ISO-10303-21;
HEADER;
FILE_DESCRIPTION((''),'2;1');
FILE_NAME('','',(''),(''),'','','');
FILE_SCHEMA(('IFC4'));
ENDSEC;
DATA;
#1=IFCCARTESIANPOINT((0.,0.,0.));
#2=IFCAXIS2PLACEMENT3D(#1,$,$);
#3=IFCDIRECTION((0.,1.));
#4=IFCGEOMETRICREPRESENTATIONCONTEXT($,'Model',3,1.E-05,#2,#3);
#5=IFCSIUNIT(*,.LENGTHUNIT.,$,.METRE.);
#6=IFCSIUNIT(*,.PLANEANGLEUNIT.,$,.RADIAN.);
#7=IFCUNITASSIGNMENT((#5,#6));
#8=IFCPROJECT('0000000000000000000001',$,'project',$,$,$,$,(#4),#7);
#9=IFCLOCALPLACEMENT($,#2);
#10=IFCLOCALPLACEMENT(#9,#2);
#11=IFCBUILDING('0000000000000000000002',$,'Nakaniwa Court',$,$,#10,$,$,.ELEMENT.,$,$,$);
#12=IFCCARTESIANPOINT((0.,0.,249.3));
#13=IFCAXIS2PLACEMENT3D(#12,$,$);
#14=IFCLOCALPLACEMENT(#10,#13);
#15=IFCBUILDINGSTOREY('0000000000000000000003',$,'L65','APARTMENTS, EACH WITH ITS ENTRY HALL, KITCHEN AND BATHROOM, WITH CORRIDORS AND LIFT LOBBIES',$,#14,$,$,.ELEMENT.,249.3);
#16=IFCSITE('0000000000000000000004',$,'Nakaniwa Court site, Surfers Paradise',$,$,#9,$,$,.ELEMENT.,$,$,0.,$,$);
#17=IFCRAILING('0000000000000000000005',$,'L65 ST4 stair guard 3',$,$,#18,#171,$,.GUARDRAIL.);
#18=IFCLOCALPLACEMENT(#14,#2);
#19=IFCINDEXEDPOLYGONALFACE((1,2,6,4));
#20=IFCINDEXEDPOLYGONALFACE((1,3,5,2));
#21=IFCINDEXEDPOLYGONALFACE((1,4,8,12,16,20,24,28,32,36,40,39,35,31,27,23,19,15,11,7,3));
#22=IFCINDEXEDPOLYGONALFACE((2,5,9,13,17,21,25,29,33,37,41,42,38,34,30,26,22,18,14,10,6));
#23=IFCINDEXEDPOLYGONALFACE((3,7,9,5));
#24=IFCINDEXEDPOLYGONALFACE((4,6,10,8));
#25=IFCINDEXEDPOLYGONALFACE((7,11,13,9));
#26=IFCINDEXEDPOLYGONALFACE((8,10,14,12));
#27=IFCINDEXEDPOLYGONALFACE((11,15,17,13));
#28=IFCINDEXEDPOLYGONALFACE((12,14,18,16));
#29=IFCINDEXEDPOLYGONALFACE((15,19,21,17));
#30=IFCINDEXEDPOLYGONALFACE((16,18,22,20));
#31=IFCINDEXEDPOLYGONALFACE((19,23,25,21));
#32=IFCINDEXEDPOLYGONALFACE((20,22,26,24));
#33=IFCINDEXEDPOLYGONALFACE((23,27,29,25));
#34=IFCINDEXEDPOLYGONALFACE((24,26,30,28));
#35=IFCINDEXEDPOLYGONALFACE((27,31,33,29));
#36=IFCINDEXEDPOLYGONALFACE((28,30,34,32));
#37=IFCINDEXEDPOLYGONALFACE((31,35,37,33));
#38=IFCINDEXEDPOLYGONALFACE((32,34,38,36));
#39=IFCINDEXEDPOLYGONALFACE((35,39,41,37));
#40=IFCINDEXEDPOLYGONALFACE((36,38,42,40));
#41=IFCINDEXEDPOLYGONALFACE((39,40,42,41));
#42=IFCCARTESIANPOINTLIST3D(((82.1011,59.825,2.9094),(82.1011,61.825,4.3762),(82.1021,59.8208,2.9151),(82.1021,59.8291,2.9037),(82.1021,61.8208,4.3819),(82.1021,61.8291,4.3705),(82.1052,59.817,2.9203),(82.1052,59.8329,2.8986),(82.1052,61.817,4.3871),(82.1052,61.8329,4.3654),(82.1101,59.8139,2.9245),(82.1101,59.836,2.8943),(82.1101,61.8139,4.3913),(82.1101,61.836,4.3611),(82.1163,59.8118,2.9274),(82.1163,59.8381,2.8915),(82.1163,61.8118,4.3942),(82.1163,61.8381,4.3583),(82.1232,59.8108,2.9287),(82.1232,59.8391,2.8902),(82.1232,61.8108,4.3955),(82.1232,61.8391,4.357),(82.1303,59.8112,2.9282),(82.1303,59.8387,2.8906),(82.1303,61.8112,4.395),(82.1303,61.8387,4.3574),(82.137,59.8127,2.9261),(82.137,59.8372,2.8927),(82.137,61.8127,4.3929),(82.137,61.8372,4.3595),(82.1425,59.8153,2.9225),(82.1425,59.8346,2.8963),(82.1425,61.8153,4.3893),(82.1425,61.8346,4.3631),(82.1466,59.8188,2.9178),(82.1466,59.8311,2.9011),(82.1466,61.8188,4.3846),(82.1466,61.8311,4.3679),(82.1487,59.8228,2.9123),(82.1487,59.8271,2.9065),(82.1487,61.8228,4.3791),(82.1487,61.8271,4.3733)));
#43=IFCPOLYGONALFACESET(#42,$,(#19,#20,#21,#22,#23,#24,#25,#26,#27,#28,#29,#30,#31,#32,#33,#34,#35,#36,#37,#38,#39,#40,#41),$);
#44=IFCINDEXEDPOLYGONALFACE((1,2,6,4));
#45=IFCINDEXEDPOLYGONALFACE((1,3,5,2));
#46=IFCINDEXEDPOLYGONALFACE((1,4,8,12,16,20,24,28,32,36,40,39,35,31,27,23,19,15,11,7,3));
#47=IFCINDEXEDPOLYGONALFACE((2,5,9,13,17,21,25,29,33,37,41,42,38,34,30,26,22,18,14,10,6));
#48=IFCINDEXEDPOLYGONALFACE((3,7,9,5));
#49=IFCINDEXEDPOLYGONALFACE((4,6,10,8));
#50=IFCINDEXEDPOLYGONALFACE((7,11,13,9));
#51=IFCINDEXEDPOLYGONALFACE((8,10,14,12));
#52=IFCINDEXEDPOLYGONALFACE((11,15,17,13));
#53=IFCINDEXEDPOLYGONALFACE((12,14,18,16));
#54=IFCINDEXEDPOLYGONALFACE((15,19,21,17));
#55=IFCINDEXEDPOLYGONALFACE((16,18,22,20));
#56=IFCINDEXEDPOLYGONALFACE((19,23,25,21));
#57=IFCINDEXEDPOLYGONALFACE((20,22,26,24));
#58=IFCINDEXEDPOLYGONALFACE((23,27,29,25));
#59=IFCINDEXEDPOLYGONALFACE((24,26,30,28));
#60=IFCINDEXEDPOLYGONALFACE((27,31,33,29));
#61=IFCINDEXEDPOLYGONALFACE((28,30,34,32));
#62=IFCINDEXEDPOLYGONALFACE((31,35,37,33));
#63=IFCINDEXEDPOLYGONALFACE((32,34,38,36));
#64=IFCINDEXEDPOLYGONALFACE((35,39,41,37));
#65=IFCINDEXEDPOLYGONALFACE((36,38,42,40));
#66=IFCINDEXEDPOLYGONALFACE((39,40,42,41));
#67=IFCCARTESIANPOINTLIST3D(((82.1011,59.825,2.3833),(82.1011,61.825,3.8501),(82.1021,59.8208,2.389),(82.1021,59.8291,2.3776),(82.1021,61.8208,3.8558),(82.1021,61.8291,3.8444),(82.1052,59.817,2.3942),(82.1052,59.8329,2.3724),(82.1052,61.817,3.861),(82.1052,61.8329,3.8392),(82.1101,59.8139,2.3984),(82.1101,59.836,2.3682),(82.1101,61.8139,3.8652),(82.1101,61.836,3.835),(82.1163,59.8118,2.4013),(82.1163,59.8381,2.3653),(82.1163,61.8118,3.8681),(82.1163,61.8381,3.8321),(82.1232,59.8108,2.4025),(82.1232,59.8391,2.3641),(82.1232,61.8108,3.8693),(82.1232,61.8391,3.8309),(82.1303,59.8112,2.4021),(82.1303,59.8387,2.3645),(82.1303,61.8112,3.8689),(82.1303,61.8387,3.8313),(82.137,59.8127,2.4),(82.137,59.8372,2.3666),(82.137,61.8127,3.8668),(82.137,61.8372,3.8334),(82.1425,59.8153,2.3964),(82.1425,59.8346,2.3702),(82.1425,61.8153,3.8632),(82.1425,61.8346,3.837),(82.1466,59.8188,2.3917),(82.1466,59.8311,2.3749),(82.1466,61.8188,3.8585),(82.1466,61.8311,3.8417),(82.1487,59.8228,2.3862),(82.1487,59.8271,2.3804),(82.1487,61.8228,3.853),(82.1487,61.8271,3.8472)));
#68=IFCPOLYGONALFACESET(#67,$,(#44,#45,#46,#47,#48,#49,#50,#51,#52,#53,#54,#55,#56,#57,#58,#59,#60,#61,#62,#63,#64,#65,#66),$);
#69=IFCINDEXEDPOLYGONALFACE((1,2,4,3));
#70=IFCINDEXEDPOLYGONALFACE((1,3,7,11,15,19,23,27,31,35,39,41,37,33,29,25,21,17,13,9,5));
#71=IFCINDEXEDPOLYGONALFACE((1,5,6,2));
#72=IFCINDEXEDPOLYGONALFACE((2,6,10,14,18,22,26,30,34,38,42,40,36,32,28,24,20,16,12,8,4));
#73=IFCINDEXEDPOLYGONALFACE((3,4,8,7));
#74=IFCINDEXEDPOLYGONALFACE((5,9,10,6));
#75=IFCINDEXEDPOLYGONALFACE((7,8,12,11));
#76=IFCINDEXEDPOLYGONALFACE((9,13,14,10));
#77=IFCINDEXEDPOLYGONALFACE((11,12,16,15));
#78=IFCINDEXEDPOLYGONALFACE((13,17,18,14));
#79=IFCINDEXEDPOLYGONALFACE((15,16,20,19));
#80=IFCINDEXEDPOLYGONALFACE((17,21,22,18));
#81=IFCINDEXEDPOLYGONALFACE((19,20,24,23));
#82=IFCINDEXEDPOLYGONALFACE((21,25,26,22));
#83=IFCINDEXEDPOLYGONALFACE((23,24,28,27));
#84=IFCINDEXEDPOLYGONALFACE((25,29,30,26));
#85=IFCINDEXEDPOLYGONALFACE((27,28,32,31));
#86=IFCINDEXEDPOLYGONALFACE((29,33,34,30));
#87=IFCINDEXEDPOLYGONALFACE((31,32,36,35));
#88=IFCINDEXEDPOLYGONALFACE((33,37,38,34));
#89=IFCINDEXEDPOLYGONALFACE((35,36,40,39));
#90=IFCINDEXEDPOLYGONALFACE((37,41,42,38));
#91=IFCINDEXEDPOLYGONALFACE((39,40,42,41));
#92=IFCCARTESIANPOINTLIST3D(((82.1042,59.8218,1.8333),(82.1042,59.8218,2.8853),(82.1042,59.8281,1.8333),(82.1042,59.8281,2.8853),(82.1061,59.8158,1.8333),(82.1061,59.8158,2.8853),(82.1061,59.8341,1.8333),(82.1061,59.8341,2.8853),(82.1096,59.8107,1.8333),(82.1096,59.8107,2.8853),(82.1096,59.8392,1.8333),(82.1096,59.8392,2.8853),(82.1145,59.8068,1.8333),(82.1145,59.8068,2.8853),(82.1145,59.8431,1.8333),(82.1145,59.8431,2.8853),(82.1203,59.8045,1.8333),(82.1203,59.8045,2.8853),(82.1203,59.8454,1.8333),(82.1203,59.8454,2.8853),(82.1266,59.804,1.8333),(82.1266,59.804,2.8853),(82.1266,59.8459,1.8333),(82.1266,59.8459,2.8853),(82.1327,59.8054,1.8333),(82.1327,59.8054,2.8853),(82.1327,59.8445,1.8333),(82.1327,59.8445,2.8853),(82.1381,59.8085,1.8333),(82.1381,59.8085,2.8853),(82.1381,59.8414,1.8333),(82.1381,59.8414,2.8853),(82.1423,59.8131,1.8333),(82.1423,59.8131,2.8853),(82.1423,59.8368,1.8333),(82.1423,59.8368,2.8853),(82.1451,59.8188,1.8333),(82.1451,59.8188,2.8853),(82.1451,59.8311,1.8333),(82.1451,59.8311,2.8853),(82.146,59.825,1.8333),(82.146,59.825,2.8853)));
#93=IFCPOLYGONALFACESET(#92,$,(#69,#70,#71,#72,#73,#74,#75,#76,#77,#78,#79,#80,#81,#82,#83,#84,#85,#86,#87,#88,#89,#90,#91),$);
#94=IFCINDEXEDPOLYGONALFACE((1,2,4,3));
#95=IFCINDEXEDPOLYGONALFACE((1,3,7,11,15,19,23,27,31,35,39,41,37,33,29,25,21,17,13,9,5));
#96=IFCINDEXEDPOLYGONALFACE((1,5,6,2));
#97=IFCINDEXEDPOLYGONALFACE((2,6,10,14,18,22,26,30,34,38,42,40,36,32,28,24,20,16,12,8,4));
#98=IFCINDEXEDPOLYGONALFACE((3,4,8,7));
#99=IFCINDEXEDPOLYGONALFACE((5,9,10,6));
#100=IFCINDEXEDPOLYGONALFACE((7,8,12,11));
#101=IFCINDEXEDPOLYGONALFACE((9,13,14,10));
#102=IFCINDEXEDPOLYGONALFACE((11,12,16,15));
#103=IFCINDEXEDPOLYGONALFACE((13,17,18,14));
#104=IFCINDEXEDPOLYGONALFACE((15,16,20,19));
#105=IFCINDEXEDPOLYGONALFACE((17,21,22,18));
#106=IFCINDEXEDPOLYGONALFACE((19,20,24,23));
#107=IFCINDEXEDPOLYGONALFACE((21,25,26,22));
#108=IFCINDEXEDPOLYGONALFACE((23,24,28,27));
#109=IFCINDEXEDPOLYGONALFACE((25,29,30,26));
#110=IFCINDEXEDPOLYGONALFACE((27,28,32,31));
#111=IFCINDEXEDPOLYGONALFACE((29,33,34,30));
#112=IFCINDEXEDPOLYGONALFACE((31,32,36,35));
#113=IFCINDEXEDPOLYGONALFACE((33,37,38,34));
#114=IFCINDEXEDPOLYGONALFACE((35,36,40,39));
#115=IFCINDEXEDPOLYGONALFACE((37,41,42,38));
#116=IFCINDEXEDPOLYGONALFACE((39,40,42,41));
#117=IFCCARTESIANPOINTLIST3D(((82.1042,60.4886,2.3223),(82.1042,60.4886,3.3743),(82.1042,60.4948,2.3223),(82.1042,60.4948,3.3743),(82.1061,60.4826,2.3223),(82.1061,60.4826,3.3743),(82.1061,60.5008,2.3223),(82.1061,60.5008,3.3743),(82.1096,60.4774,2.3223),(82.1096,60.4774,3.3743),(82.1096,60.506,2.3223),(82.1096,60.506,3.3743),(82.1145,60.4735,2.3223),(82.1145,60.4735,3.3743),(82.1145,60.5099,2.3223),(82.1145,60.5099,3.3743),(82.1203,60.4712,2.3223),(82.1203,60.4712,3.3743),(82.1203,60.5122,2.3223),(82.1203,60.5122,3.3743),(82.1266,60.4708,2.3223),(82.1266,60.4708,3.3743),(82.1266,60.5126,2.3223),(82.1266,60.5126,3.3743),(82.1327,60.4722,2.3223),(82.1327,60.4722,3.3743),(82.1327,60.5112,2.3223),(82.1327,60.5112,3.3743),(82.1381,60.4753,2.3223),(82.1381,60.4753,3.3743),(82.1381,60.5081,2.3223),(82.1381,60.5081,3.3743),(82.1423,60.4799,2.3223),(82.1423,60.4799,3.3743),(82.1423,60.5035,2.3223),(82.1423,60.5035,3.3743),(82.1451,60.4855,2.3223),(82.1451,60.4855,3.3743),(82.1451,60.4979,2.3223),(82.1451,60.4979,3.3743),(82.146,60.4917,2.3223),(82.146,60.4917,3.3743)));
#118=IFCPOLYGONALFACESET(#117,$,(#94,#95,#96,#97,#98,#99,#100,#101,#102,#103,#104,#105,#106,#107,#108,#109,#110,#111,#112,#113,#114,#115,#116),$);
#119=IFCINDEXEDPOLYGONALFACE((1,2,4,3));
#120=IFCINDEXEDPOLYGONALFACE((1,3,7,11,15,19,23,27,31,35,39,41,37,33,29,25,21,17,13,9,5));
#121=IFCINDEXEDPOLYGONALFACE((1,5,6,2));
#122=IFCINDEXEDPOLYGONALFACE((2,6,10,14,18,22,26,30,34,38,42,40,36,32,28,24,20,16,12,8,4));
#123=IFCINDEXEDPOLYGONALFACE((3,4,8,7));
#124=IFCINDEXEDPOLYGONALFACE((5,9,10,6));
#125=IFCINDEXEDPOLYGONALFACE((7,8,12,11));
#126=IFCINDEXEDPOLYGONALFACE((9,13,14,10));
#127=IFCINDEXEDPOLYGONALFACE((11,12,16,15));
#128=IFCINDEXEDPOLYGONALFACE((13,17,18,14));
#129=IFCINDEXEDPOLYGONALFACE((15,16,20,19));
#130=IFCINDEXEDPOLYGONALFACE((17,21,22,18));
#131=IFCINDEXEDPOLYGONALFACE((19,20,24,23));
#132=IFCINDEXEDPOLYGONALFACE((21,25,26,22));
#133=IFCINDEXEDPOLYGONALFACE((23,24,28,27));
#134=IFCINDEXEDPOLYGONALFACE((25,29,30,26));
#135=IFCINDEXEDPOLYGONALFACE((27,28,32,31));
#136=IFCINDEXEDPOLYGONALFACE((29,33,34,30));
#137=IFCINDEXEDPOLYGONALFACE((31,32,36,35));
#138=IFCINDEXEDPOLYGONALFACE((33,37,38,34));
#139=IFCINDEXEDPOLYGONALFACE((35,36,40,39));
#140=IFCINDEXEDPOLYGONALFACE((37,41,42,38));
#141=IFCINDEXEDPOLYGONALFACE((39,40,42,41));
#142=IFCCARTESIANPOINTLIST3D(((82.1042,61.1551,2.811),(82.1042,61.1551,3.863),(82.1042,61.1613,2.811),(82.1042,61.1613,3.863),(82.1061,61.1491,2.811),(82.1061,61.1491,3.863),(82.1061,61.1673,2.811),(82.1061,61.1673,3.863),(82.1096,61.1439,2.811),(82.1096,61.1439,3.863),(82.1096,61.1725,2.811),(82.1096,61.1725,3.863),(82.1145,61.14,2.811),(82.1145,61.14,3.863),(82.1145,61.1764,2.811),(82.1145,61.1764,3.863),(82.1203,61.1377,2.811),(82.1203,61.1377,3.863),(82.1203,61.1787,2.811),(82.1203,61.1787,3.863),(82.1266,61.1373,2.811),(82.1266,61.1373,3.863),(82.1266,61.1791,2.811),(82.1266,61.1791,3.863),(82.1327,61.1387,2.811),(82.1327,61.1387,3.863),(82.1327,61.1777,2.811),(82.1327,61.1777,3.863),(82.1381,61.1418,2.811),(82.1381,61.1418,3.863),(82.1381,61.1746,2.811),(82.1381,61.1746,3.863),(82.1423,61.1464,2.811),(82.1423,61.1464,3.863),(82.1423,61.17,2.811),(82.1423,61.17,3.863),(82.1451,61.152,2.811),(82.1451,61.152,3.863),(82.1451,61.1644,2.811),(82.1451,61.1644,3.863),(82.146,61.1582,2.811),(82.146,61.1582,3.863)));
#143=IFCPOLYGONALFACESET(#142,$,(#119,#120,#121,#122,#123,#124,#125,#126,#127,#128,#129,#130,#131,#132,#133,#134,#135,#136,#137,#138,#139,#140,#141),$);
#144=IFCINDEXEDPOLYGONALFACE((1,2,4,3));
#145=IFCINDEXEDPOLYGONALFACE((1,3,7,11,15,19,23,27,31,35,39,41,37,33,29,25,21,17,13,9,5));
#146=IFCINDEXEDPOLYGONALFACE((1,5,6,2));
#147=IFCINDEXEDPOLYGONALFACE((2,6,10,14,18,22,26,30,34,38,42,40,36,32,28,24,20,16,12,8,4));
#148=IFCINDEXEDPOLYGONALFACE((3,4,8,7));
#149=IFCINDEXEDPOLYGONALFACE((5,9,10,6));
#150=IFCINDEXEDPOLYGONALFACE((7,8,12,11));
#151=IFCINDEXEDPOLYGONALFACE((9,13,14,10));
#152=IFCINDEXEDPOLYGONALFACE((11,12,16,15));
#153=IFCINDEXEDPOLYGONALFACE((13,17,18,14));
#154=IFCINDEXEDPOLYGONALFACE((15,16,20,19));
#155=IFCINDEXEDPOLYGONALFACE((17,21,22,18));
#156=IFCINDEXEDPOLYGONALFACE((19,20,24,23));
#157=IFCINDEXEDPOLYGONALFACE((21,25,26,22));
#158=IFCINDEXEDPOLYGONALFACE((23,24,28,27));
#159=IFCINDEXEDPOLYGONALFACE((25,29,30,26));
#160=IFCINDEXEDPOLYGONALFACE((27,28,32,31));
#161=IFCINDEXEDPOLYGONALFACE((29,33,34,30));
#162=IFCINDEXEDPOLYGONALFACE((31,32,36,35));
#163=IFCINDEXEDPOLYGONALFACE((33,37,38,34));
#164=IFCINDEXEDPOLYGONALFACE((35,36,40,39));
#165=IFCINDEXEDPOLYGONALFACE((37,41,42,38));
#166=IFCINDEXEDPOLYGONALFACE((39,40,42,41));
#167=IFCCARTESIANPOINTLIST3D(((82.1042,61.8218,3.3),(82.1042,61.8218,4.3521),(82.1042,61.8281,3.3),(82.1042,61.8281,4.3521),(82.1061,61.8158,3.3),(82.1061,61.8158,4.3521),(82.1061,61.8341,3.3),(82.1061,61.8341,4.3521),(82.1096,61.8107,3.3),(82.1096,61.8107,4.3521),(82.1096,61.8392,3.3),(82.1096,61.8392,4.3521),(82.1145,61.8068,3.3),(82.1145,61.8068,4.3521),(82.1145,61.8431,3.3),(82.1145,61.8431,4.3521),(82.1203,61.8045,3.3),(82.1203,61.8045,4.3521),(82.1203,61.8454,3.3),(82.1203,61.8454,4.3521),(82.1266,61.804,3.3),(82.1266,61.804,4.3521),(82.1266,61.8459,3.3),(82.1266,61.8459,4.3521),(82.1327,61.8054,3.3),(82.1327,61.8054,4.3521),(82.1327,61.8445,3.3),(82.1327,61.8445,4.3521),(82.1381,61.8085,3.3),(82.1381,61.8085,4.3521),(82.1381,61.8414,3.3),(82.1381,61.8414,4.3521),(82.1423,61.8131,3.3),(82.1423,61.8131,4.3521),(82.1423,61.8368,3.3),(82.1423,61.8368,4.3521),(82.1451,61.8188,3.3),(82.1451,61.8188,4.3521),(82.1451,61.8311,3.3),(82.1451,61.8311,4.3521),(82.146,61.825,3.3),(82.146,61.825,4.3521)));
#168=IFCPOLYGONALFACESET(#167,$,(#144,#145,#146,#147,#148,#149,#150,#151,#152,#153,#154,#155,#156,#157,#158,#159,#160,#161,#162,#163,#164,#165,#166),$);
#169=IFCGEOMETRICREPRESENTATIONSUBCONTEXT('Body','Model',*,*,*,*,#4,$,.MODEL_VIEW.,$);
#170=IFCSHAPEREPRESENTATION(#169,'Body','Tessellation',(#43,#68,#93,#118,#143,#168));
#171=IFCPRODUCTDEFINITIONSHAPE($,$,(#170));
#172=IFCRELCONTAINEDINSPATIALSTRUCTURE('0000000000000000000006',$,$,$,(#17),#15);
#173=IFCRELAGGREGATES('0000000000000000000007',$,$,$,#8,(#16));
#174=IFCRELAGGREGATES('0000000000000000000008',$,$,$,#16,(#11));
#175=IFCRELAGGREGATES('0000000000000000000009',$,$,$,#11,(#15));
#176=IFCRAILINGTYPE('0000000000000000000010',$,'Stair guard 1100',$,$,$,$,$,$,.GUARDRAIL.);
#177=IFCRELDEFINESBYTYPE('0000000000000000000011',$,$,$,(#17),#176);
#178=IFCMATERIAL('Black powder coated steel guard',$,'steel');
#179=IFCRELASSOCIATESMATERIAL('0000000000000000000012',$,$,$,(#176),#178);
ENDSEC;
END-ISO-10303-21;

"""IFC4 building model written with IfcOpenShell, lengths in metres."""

from ifc_helpers import new_model, si_unit, direction, frame, origin, origin_2d, place, context, subcontext, project, spatial, circle, extrude, material, type_object, element, save


model = new_model("IFC4")

# Units and contexts
model_context = context("Model", 3, precision=1e-05, world=origin(), true_north=direction((0.0, 1.0)))
body_context = subcontext(model_context, "Body", "Model", "MODEL_VIEW")
ifc_project = project(units=[si_unit("LENGTHUNIT", "METRE"), si_unit("PLANEANGLEUNIT", "RADIAN")], contexts=[model_context])

# Site, building, storey
site_placement = place(None, origin())
site = spatial("IfcSite", under=ifc_project, at=site_placement, Name="Nakaniwa Court site, Surfers Paradise", CompositionType="ELEMENT", RefElevation=0.0)
building_placement = place(site_placement, origin())
building = spatial("IfcBuilding", under=site, at=building_placement, Name="Nakaniwa Court", CompositionType="ELEMENT")
storey_placement = place(building_placement, frame((0.0, 0.0, 249.3)))
storey = spatial("IfcBuildingStorey", under=building, at=storey_placement, Name="L65", Description="APARTMENTS, EACH WITH ITS ENTRY HALL, KITCHEN AND BATHROOM, WITH CORRIDORS AND LIFT LOBBIES", CompositionType="ELEMENT", Elevation=249.3)

# Railing
ifc_material_1 = material(Name="Black powder coated steel guard", Category="steel")
railing_type_1 = type_object("IfcRailingType", Name="Stair guard 1100", PredefinedType="GUARDRAIL", material=ifc_material_1)
railing_1_placement = place(storey_placement, frame((82.125, 59.825, 1.8333)))
element("IfcRailing", 1, at=railing_1_placement, inside=storey, type_object=railing_type_1, Name="L65 ST4 stair guard 3", PredefinedType="GUARDRAIL", context=body_context, shape_type="SweptSolid", body=[
    extrude(circle(Radius=0.0239, at=origin_2d()), frame((0.0, 0.0, 1.0762), z_axis=(0.0, 0.80638, 0.591398), x_axis=(-1.0, 0.0, 0.0)), (0.0, 0.0, 1.0), 2.4802),
    extrude(circle(Radius=0.0239, at=origin_2d()), frame((0.0, 0.0, 0.55), z_axis=(0.0, 0.80638, 0.591398), x_axis=(-1.0, 0.0, 0.0)), (0.0, 0.0, 1.0), 2.4802),
    extrude(circle(Radius=0.021, at=origin_2d()), origin(), (0.0, 0.0, 1.0), 1.052),
    extrude(circle(Radius=0.021, at=origin_2d()), frame((0.0, 0.6667, 0.489)), (0.0, 0.0, 1.0), 1.052),
    extrude(circle(Radius=0.021, at=origin_2d()), frame((0.0, 1.3333, 0.9778)), (0.0, 0.0, 1.0), 1.052),
    extrude(circle(Radius=0.021, at=origin_2d()), frame((0.0, 2.0, 1.4668)), (0.0, 0.0, 1.0), 1.052),
])

save(model, "model.ifc")
